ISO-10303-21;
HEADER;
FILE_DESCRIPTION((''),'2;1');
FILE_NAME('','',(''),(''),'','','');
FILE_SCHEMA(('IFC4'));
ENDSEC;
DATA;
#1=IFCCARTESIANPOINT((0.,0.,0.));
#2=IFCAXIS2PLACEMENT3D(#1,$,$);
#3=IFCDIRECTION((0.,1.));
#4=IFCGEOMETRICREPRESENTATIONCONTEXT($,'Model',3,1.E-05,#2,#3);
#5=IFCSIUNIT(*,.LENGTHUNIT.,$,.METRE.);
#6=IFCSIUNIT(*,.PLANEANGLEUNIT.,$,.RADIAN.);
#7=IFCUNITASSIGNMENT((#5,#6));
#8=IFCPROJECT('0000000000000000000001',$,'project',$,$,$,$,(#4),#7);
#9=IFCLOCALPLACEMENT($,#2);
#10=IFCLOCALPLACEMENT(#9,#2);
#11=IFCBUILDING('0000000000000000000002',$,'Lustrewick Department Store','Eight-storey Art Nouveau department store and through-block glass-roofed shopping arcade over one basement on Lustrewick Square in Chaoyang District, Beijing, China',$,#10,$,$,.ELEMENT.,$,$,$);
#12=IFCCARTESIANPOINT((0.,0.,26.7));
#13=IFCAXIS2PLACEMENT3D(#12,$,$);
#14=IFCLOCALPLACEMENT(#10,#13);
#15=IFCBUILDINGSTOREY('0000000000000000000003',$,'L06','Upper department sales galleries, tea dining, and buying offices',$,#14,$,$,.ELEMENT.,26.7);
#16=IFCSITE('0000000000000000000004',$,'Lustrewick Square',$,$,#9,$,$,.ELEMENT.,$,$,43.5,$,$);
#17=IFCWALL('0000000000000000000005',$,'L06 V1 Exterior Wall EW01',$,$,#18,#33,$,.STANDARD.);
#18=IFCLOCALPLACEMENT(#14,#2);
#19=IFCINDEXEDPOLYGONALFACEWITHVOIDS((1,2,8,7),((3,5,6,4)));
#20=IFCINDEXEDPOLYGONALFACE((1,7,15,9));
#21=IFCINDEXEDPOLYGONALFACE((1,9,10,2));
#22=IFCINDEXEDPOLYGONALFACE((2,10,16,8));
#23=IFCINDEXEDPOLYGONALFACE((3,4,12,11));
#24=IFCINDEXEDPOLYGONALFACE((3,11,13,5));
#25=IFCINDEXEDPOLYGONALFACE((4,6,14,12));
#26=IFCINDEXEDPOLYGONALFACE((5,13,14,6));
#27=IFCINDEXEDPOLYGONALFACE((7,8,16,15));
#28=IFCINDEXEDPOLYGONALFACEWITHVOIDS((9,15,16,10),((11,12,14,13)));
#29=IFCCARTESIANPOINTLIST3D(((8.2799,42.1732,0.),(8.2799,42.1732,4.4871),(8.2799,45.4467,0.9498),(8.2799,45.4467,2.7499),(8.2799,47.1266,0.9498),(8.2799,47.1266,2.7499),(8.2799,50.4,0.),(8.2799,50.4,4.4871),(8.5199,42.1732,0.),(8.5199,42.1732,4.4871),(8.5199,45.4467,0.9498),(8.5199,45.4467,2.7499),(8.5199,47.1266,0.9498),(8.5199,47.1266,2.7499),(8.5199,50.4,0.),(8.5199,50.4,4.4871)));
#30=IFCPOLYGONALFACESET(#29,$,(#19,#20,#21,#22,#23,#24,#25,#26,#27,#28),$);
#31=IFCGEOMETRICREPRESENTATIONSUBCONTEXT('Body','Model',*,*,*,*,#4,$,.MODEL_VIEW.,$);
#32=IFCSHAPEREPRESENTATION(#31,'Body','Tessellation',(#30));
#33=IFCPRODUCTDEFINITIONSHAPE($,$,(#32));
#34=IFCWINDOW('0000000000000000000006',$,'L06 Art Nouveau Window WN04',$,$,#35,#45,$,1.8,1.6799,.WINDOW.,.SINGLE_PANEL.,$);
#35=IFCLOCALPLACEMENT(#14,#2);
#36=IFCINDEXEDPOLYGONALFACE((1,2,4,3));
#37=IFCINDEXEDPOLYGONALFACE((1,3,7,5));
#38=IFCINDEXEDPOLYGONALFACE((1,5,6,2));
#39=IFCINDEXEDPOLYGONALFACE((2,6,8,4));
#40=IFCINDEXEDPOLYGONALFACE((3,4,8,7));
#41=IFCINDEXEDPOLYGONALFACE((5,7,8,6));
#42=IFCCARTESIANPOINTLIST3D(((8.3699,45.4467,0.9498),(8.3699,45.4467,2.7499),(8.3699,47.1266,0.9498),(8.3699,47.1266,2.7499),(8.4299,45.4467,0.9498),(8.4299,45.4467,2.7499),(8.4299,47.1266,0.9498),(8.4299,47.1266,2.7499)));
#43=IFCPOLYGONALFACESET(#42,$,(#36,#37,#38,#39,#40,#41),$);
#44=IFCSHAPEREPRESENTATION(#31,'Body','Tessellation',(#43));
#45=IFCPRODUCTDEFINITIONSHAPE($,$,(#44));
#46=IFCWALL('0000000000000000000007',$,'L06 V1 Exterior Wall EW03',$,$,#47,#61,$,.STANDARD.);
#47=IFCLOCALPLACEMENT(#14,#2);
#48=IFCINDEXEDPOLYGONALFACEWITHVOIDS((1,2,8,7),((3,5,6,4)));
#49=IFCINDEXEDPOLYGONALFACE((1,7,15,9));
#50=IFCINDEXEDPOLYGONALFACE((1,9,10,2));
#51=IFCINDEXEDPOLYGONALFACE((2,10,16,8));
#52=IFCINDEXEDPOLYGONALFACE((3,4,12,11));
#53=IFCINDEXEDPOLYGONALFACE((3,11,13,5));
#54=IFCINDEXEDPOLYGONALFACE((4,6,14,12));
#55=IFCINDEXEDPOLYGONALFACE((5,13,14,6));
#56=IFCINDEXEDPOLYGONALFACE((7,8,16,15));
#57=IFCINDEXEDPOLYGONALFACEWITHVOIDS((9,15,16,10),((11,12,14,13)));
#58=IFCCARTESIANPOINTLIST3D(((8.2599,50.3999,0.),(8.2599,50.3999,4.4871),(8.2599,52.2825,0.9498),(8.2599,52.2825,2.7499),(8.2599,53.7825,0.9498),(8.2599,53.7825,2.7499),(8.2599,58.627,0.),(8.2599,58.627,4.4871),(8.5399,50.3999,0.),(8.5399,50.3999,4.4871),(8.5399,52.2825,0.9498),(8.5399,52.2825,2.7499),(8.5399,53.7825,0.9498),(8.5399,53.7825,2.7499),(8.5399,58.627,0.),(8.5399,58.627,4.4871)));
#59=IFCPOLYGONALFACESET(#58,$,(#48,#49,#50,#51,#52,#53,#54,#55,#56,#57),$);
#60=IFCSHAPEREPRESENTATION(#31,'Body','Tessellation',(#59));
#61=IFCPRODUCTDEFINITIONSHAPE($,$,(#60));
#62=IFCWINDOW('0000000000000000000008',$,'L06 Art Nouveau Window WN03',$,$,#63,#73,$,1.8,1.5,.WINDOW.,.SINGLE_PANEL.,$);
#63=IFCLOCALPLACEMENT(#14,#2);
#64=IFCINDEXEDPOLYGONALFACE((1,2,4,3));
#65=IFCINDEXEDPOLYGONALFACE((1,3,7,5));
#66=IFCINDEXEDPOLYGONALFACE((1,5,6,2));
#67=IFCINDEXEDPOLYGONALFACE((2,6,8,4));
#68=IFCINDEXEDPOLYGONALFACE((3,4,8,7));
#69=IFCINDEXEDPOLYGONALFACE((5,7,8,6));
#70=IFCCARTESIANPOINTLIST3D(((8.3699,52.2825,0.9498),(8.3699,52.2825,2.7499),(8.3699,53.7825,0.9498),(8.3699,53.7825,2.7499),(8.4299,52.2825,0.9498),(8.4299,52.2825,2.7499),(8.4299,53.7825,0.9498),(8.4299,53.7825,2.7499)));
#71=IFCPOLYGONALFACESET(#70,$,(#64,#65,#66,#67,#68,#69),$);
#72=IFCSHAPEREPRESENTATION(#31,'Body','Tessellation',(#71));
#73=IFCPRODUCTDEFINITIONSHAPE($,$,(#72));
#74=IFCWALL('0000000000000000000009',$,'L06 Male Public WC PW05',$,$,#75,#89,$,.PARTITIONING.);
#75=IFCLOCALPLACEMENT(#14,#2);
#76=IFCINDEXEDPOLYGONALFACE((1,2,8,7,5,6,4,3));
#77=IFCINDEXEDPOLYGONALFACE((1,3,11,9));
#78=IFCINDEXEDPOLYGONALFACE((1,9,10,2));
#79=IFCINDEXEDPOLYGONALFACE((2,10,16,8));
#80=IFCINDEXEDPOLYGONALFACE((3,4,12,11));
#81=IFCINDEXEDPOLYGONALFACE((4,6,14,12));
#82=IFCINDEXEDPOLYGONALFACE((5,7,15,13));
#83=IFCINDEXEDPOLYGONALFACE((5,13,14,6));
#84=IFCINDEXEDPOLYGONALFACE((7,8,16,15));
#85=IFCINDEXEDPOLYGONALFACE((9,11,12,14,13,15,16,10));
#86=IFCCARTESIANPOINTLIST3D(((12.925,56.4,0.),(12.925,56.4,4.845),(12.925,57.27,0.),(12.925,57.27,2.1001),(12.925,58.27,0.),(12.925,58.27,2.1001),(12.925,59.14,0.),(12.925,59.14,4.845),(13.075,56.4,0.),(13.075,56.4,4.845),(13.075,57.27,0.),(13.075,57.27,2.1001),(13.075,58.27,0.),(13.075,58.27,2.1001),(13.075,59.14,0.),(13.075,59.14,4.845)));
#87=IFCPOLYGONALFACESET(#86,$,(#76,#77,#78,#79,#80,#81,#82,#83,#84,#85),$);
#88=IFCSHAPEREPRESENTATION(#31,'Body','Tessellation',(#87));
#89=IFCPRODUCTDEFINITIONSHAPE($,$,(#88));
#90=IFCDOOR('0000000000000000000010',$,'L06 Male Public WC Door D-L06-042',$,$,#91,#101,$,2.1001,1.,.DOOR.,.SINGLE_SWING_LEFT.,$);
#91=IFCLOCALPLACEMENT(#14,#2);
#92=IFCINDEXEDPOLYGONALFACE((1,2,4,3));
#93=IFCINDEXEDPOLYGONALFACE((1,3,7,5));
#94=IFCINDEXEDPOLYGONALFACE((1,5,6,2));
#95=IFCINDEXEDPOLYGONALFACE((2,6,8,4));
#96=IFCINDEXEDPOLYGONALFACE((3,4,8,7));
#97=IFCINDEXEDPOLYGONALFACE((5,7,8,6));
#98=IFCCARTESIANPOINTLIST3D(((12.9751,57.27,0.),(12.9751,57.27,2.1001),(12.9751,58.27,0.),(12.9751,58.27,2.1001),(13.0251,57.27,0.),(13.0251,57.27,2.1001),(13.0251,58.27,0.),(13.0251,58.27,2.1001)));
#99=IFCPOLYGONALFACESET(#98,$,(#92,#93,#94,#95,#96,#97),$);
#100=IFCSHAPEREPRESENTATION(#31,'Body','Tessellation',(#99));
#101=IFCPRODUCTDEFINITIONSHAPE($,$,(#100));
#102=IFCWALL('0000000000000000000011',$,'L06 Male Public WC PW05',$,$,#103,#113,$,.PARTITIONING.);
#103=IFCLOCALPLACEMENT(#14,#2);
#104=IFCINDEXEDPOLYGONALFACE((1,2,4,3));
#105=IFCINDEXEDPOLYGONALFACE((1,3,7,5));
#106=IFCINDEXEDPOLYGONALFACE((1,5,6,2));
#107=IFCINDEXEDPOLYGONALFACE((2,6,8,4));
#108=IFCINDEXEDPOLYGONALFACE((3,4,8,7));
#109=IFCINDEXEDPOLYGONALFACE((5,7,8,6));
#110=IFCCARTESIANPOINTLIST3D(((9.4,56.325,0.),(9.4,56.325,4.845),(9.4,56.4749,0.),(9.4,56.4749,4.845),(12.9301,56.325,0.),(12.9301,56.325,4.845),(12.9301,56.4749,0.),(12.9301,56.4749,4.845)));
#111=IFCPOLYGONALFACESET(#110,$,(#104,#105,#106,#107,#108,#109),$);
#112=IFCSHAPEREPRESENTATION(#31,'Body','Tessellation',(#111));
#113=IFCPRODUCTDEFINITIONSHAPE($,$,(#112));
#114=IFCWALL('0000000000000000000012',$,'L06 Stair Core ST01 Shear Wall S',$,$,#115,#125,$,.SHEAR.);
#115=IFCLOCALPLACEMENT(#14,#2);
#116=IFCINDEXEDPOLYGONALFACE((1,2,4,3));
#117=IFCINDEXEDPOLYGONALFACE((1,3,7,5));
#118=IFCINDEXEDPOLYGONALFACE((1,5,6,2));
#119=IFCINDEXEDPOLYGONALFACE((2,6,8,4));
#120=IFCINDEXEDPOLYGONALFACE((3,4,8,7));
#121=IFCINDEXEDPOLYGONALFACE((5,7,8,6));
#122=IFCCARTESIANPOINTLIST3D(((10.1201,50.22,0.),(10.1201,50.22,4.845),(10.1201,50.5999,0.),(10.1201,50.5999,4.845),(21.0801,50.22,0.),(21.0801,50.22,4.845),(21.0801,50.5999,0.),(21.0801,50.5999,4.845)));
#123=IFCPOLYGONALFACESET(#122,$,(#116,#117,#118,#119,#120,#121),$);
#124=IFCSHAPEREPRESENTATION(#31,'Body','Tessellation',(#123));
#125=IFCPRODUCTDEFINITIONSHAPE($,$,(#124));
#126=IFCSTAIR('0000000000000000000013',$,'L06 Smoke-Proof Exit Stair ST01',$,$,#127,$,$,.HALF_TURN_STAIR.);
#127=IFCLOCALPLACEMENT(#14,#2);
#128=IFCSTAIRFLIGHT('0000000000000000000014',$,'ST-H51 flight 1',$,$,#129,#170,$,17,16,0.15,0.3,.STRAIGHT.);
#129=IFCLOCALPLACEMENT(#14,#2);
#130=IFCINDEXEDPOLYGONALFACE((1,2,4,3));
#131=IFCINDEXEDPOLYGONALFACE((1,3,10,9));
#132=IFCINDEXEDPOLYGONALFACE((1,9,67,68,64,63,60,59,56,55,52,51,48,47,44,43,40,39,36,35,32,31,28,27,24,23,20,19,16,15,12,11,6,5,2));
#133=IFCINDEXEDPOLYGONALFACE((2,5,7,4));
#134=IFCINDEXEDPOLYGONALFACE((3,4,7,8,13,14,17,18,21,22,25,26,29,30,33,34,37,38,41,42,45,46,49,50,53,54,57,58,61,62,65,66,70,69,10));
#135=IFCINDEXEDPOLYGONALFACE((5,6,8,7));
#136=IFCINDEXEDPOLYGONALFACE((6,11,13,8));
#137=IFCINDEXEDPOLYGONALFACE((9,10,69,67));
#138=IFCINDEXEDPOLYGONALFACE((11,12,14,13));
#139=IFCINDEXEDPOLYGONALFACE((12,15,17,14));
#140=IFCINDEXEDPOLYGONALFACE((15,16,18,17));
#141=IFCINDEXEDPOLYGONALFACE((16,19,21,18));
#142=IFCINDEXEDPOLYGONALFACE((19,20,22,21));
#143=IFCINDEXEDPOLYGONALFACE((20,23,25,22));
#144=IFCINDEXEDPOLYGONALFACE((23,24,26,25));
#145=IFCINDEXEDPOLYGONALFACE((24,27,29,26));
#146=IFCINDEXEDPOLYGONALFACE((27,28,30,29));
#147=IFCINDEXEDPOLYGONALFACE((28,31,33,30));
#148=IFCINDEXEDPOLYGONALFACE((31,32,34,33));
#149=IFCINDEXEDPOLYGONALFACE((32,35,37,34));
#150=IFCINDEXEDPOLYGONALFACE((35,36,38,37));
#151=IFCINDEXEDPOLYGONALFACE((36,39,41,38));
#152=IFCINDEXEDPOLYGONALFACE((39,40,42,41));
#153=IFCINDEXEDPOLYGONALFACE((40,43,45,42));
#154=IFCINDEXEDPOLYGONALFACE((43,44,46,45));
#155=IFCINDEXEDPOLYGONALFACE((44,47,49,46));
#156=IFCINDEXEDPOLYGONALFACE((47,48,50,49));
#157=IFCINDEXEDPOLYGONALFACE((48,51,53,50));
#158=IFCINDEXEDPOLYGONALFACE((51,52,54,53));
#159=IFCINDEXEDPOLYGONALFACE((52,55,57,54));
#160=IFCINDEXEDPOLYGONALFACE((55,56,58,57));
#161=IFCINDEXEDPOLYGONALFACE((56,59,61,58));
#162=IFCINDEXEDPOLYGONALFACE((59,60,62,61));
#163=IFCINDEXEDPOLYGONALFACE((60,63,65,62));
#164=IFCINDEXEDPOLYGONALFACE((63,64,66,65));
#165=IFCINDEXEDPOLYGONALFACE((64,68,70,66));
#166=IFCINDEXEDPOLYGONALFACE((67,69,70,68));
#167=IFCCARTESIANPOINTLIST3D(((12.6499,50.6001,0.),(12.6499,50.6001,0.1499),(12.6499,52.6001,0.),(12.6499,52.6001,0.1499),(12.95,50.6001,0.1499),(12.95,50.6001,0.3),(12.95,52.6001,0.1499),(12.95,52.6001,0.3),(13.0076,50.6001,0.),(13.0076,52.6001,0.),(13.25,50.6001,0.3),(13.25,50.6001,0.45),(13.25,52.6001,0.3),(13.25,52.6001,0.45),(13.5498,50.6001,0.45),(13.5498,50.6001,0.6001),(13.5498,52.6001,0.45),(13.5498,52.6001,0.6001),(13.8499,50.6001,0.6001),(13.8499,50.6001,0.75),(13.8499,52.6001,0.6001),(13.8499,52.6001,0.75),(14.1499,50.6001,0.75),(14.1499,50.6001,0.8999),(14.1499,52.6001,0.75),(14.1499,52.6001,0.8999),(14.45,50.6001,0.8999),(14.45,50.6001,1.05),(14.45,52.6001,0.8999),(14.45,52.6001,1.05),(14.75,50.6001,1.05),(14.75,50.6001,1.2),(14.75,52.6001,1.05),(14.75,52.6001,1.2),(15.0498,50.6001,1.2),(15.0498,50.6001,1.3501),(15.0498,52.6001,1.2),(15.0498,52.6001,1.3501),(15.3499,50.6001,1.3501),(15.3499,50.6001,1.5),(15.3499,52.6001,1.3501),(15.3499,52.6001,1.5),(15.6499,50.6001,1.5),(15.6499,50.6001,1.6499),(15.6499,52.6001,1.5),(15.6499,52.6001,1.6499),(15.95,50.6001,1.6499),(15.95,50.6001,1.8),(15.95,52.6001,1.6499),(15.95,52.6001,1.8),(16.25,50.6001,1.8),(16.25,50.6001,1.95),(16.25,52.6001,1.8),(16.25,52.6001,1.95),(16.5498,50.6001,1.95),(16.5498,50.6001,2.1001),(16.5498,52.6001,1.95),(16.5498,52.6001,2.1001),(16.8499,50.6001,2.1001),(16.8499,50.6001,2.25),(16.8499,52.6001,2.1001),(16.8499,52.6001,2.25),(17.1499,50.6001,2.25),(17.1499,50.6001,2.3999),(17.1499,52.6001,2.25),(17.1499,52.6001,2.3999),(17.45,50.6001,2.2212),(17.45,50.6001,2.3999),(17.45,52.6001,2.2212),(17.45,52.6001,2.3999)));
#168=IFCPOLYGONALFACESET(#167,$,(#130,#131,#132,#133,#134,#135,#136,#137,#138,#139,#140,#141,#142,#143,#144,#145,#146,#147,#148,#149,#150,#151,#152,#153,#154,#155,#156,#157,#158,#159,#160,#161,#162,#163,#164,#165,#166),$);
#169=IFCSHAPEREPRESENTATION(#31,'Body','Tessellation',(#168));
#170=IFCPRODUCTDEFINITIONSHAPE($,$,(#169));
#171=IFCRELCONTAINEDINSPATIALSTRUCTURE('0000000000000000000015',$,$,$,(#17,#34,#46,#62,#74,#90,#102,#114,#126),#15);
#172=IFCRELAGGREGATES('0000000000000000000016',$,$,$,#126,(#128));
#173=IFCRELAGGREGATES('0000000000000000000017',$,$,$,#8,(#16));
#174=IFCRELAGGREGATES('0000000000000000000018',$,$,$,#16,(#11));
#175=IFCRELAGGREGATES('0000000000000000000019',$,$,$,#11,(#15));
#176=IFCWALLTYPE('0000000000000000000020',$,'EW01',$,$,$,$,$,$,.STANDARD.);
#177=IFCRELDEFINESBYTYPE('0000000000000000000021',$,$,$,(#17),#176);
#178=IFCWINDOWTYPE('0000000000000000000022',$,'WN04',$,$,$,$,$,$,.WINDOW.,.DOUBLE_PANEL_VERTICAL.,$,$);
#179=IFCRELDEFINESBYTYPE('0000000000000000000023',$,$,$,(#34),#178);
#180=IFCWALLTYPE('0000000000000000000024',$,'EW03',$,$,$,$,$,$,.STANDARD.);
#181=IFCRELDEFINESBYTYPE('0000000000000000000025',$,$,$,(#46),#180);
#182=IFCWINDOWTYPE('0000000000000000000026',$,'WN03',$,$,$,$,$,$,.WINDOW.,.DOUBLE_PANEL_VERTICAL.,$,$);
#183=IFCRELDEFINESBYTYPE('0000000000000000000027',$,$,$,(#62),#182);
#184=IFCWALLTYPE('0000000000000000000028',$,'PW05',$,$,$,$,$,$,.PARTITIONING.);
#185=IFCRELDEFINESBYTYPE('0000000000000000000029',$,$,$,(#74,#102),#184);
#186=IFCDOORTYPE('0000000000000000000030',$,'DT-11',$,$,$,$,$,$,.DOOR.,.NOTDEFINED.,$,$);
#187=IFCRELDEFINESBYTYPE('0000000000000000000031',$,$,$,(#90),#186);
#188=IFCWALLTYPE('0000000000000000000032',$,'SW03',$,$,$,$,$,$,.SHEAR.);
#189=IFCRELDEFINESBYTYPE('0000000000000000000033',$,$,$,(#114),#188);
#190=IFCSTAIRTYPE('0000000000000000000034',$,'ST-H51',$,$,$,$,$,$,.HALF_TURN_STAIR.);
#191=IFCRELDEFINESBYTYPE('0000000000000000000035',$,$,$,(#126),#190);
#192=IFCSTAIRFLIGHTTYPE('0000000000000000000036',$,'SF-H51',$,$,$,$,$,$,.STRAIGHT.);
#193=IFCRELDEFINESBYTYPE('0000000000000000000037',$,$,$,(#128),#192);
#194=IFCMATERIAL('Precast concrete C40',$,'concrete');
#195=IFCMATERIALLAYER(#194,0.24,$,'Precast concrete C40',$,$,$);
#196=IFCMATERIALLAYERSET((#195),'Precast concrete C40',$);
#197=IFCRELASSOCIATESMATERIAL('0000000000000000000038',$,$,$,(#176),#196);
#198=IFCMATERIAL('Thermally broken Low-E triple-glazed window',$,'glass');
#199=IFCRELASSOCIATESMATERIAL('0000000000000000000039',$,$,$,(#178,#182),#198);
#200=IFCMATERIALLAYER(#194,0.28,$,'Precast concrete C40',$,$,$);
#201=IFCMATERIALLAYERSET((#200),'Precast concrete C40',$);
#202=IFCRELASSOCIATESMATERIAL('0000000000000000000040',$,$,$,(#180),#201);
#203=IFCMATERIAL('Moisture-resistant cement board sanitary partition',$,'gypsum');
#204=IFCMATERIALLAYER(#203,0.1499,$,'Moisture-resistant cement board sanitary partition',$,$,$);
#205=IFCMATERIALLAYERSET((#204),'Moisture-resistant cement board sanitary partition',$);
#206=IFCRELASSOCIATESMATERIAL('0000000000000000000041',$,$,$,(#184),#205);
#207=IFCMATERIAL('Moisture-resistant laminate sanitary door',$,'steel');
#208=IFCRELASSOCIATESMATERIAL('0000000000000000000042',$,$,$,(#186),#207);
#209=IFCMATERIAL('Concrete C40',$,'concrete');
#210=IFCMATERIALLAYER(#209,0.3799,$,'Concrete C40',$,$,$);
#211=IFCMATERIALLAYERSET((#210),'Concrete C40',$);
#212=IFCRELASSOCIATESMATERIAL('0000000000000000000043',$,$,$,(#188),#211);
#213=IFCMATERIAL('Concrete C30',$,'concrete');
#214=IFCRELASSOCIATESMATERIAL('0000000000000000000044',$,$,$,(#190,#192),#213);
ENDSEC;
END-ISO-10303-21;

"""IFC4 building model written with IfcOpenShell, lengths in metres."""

from ifc_helpers import new_model, si_unit, direction, frame, frame_2d, origin, place, context, subcontext, project, spatial, polyline, rectangle, outline, extrude, material, layer, layer_set, type_object, element, fill, aggregate, save


model = new_model("IFC4")

# Units and contexts
model_context = context("Model", 3, precision=1e-05, world=origin(), true_north=direction((0.0, 1.0)))
body_context = subcontext(model_context, "Body", "Model", "MODEL_VIEW")
ifc_project = project(units=[si_unit("LENGTHUNIT", "METRE"), si_unit("PLANEANGLEUNIT", "RADIAN")], contexts=[model_context])

# Site, building, storey
site_placement = place(None, origin())
site = spatial("IfcSite", under=ifc_project, at=site_placement, Name="Lustrewick Square", CompositionType="ELEMENT", RefElevation=43.5)
building_placement = place(site_placement, origin())
building = spatial("IfcBuilding", under=site, at=building_placement, Name="Lustrewick Department Store", Description="Eight-storey Art Nouveau department store and through-block glass-roofed shopping arcade over one basement on Lustrewick Square in Chaoyang District, Beijing, China", CompositionType="ELEMENT")
storey_placement = place(building_placement, frame((0.0, 0.0, 26.7)))
storey = spatial("IfcBuildingStorey", under=building, at=storey_placement, Name="L06", Description="Upper department sales galleries, tea dining, and buying offices", CompositionType="ELEMENT", Elevation=26.7)

# Walls, openings, windows
ifc_material_1 = material(Name="Precast concrete C40", Category="concrete")
ifc_layer_1 = layer(ifc_material_1, 0.24, Name="Precast concrete C40")
ifc_layer_set_1 = layer_set([ifc_layer_1], Name="Precast concrete C40")
wall_type_1 = type_object("IfcWallType", Name="EW01", PredefinedType="STANDARD", material=ifc_layer_set_1)
wall_1_placement = place(storey_placement, frame((8.3999, 50.3999, 0.0), z_axis=(0.0, 0.0, 1.0), x_axis=(0.0, -1.0, 0.0)))
wall_1 = element("IfcWall", 1, at=wall_1_placement, inside=storey, type_object=wall_type_1, Name="L06 V1 Exterior Wall EW01", PredefinedType="STANDARD", context=body_context, shape_type="SweptSolid", body=[
    extrude(rectangle(XDim=8.2268, YDim=0.24, at=frame_2d((4.1133, 0.0))), origin(), (0.0, 0.0, 1.0), 4.4871),
])
opening_1_placement = place(wall_1_placement, frame((3.2734, 0.0, 0.95)))
opening_1 = element("IfcOpeningElement", 2, at=opening_1_placement, cuts=wall_1, PredefinedType="OPENING", context=body_context, shape_type="SweptSolid", body=[
    extrude(rectangle(XDim=1.6799, YDim=1.8, at=frame_2d((0.8398, 0.8999))), frame((0.0, 0.1299, 0.0), z_axis=(0.0, -1.0, 0.0), x_axis=(1.0, 0.0, 0.0)), (0.0, 0.0, 1.0), 0.26),
])
ifc_material_2 = material(Name="Thermally broken Low-E triple-glazed window", Category="glass")
window_type_1 = type_object("IfcWindowType", Name="WN04", PartitioningType="DOUBLE_PANEL_VERTICAL", PredefinedType="WINDOW", material=ifc_material_2)
window_1_placement = place(opening_1_placement, origin())
window_1 = element("IfcWindow", 3, at=window_1_placement, inside=storey, type_object=window_type_1, Name="L06 Art Nouveau Window WN04", OverallHeight=1.8, OverallWidth=1.6799, PartitioningType="SINGLE_PANEL", PredefinedType="WINDOW", context=body_context, shape_type="SweptSolid", body=[
    extrude(rectangle(XDim=1.6799, YDim=1.8, at=frame_2d((0.8398, 0.8999))), frame((0.0, 0.03, 0.0), z_axis=(0.0, -1.0, 0.0), x_axis=(1.0, 0.0, 0.0)), (0.0, 0.0, 1.0), 0.0601),
])
fill(opening_1, window_1)
ifc_layer_2 = layer(ifc_material_1, 0.28, Name="Precast concrete C40")
ifc_layer_set_2 = layer_set([ifc_layer_2], Name="Precast concrete C40")
wall_type_2 = type_object("IfcWallType", Name="EW03", PredefinedType="STANDARD", material=ifc_layer_set_2)
wall_2_placement = place(storey_placement, frame((8.3999, 58.627, 0.0), z_axis=(0.0, 0.0, 1.0), x_axis=(0.0, -1.0, 0.0)))
wall_2 = element("IfcWall", 4, at=wall_2_placement, inside=storey, type_object=wall_type_2, Name="L06 V1 Exterior Wall EW03", PredefinedType="STANDARD", context=body_context, shape_type="SweptSolid", body=[
    extrude(rectangle(XDim=8.2271, YDim=0.28, at=frame_2d((4.1135, 0.0))), origin(), (0.0, 0.0, 1.0), 4.4871),
])
opening_2_placement = place(wall_2_placement, frame((4.8445, 0.0, 0.95)))
opening_2 = element("IfcOpeningElement", 5, at=opening_2_placement, cuts=wall_2, PredefinedType="OPENING", context=body_context, shape_type="SweptSolid", body=[
    extrude(rectangle(XDim=1.5, YDim=1.8, at=frame_2d((0.75, 0.8999))), frame((0.0, 0.1499, 0.0), z_axis=(0.0, -1.0, 0.0), x_axis=(1.0, 0.0, 0.0)), (0.0, 0.0, 1.0), 0.3),
])
window_type_2 = type_object("IfcWindowType", Name="WN03", PartitioningType="DOUBLE_PANEL_VERTICAL", PredefinedType="WINDOW", material=ifc_material_2)
window_2_placement = place(opening_2_placement, origin())
window_2 = element("IfcWindow", 6, at=window_2_placement, inside=storey, type_object=window_type_2, Name="L06 Art Nouveau Window WN03", OverallHeight=1.8, OverallWidth=1.5, PartitioningType="SINGLE_PANEL", PredefinedType="WINDOW", context=body_context, shape_type="SweptSolid", body=[
    extrude(rectangle(XDim=1.5, YDim=1.8, at=frame_2d((0.75, 0.8999))), frame((0.0, 0.03, 0.0), z_axis=(0.0, -1.0, 0.0), x_axis=(1.0, 0.0, 0.0)), (0.0, 0.0, 1.0), 0.0601),
])
fill(opening_2, window_2)

# Wall, opening, door
ifc_material_3 = material(Name="Moisture-resistant cement board sanitary partition", Category="gypsum")
ifc_layer_3 = layer(ifc_material_3, 0.1499, Name="Moisture-resistant cement board sanitary partition")
ifc_layer_set_3 = layer_set([ifc_layer_3], Name="Moisture-resistant cement board sanitary partition")
wall_type_3 = type_object("IfcWallType", Name="PW05", PredefinedType="PARTITIONING", material=ifc_layer_set_3)
wall_3_placement = place(storey_placement, frame((13.0, 56.3999, 0.0), z_axis=(0.0, 0.0, 1.0), x_axis=(0.0, 1.0, 0.0)))
wall_3 = element("IfcWall", 7, at=wall_3_placement, inside=storey, type_object=wall_type_3, Name="L06 Male Public WC PW05", PredefinedType="PARTITIONING", context=body_context, shape_type="SweptSolid", body=[
    extrude(rectangle(XDim=2.74, YDim=0.1499, at=frame_2d((1.3701, 0.0))), origin(), (0.0, 0.0, 1.0), 4.845),
])
opening_3_placement = place(wall_3_placement, frame((0.8701, 0.0, 0.0)))
opening_3 = element("IfcOpeningElement", 8, at=opening_3_placement, cuts=wall_3, PredefinedType="OPENING", context=body_context, shape_type="SweptSolid", body=[
    extrude(rectangle(XDim=1.0, YDim=2.1001, at=frame_2d((0.5, 1.05))), frame((0.0, 0.085, 0.0), z_axis=(0.0, -1.0, 0.0), x_axis=(1.0, 0.0, 0.0)), (0.0, 0.0, 1.0), 0.1699),
])
ifc_material_4 = material(Name="Moisture-resistant laminate sanitary door", Category="steel")
door_type_1 = type_object("IfcDoorType", Name="DT-11", OperationType="NOTDEFINED", PredefinedType="DOOR", material=ifc_material_4)
door_1_placement = place(opening_3_placement, origin())
door_1 = element("IfcDoor", 9, at=door_1_placement, inside=storey, type_object=door_type_1, Name="L06 Male Public WC Door D-L06-042", OperationType="SINGLE_SWING_LEFT", OverallHeight=2.1001, OverallWidth=1.0, PredefinedType="DOOR", context=body_context, shape_type="SweptSolid", body=[
    extrude(rectangle(XDim=1.0, YDim=2.1001, at=frame_2d((0.5, 1.05))), frame((0.0, 0.0249, 0.0), z_axis=(0.0, -1.0, 0.0), x_axis=(1.0, 0.0, 0.0)), (0.0, 0.0, 1.0), 0.05),
])
fill(opening_3, door_1)

# Walls
wall_4_placement = place(storey_placement, frame((9.3999, 56.3999, 0.0), z_axis=(0.0, 0.0, 1.0), x_axis=(1.0, 0.0, 0.0)))
element("IfcWall", 10, at=wall_4_placement, inside=storey, type_object=wall_type_3, Name="L06 Male Public WC PW05", PredefinedType="PARTITIONING", context=body_context, shape_type="SweptSolid", body=[
    extrude(rectangle(XDim=3.53, YDim=0.1499, at=frame_2d((1.7651, 0.0))), origin(), (0.0, 0.0, 1.0), 4.845),
])
ifc_material_5 = material(Name="Concrete C40", Category="concrete")
ifc_layer_4 = layer(ifc_material_5, 0.3799, Name="Concrete C40")
ifc_layer_set_4 = layer_set([ifc_layer_4], Name="Concrete C40")
wall_type_4 = type_object("IfcWallType", Name="SW03", PredefinedType="SHEAR", material=ifc_layer_set_4)
wall_5_placement = place(storey_placement, frame((10.1201, 50.4099, 0.0), z_axis=(0.0, 0.0, 1.0), x_axis=(1.0, 0.0, 0.0)))
element("IfcWall", 11, at=wall_5_placement, inside=storey, type_object=wall_type_4, Name="L06 Stair Core ST01 Shear Wall S", PredefinedType="SHEAR", context=body_context, shape_type="SweptSolid", body=[
    extrude(rectangle(XDim=10.96, YDim=0.3799, at=frame_2d((5.48, 0.0))), origin(), (0.0, 0.0, 1.0), 4.845),
])

# Stair, stair flight
ifc_material_6 = material(Name="Concrete C30", Category="concrete")
stair_type = type_object("IfcStairType", Name="ST-H51", PredefinedType="HALF_TURN_STAIR", material=ifc_material_6)
stair_placement = place(storey_placement, origin())
stair = element("IfcStair", 12, at=stair_placement, inside=storey, type_object=stair_type, Name="L06 Smoke-Proof Exit Stair ST01", PredefinedType="HALF_TURN_STAIR")
stair_flight_type = type_object("IfcStairFlightType", Name="SF-H51", PredefinedType="STRAIGHT", material=ifc_material_6)
stair_flight_placement = place(storey_placement, frame((12.6499, 51.6001, 0.0), z_axis=(0.0, 0.0, 1.0), x_axis=(1.0, 0.0, 0.0)))
stair_flight = element("IfcStairFlight", 13, at=stair_flight_placement, type_object=stair_flight_type, Name="ST-H51 flight 1", NumberOfRisers=17, NumberOfTreads=16, PredefinedType="STRAIGHT", RiserHeight=0.15, TreadLength=0.3, context=body_context, shape_type="SweptSolid", body=[
    extrude(outline(polyline([(0.0, 0.0), (0.0, 0.1499), (0.3, 0.1499), (0.3, 0.3), (0.6001, 0.3), (0.6001, 0.45), (0.8999, 0.45), (0.8999, 0.6001), (1.2, 0.6001), (1.2, 0.75), (1.5, 0.75), (1.5, 0.8999), (1.8, 0.8999), (1.8, 1.05), (2.1001, 1.05), (2.1001, 1.2), (2.3999, 1.2), (2.3999, 1.3501), (2.7, 1.3501), (2.7, 1.5), (3.0, 1.5), (3.0, 1.6499), (3.3, 1.6499), (3.3, 1.8), (3.6001, 1.8), (3.6001, 1.95), (3.8999, 1.95), (3.8999, 2.1001), (4.2, 2.1001), (4.2, 2.25), (4.5, 2.25), (4.5, 2.3999), (4.8, 2.3999), (4.8, 2.55), (4.8, 2.2212), (0.3577, 0.0), (0.0, 0.0)])), frame((0.0, 1.0, 0.0), z_axis=(0.0, -1.0, 0.0), x_axis=(1.0, 0.0, 0.0)), (0.0, 0.0, 1.0), 2.0),
])
aggregate(stair, [stair_flight])

save(model, "model.ifc")
